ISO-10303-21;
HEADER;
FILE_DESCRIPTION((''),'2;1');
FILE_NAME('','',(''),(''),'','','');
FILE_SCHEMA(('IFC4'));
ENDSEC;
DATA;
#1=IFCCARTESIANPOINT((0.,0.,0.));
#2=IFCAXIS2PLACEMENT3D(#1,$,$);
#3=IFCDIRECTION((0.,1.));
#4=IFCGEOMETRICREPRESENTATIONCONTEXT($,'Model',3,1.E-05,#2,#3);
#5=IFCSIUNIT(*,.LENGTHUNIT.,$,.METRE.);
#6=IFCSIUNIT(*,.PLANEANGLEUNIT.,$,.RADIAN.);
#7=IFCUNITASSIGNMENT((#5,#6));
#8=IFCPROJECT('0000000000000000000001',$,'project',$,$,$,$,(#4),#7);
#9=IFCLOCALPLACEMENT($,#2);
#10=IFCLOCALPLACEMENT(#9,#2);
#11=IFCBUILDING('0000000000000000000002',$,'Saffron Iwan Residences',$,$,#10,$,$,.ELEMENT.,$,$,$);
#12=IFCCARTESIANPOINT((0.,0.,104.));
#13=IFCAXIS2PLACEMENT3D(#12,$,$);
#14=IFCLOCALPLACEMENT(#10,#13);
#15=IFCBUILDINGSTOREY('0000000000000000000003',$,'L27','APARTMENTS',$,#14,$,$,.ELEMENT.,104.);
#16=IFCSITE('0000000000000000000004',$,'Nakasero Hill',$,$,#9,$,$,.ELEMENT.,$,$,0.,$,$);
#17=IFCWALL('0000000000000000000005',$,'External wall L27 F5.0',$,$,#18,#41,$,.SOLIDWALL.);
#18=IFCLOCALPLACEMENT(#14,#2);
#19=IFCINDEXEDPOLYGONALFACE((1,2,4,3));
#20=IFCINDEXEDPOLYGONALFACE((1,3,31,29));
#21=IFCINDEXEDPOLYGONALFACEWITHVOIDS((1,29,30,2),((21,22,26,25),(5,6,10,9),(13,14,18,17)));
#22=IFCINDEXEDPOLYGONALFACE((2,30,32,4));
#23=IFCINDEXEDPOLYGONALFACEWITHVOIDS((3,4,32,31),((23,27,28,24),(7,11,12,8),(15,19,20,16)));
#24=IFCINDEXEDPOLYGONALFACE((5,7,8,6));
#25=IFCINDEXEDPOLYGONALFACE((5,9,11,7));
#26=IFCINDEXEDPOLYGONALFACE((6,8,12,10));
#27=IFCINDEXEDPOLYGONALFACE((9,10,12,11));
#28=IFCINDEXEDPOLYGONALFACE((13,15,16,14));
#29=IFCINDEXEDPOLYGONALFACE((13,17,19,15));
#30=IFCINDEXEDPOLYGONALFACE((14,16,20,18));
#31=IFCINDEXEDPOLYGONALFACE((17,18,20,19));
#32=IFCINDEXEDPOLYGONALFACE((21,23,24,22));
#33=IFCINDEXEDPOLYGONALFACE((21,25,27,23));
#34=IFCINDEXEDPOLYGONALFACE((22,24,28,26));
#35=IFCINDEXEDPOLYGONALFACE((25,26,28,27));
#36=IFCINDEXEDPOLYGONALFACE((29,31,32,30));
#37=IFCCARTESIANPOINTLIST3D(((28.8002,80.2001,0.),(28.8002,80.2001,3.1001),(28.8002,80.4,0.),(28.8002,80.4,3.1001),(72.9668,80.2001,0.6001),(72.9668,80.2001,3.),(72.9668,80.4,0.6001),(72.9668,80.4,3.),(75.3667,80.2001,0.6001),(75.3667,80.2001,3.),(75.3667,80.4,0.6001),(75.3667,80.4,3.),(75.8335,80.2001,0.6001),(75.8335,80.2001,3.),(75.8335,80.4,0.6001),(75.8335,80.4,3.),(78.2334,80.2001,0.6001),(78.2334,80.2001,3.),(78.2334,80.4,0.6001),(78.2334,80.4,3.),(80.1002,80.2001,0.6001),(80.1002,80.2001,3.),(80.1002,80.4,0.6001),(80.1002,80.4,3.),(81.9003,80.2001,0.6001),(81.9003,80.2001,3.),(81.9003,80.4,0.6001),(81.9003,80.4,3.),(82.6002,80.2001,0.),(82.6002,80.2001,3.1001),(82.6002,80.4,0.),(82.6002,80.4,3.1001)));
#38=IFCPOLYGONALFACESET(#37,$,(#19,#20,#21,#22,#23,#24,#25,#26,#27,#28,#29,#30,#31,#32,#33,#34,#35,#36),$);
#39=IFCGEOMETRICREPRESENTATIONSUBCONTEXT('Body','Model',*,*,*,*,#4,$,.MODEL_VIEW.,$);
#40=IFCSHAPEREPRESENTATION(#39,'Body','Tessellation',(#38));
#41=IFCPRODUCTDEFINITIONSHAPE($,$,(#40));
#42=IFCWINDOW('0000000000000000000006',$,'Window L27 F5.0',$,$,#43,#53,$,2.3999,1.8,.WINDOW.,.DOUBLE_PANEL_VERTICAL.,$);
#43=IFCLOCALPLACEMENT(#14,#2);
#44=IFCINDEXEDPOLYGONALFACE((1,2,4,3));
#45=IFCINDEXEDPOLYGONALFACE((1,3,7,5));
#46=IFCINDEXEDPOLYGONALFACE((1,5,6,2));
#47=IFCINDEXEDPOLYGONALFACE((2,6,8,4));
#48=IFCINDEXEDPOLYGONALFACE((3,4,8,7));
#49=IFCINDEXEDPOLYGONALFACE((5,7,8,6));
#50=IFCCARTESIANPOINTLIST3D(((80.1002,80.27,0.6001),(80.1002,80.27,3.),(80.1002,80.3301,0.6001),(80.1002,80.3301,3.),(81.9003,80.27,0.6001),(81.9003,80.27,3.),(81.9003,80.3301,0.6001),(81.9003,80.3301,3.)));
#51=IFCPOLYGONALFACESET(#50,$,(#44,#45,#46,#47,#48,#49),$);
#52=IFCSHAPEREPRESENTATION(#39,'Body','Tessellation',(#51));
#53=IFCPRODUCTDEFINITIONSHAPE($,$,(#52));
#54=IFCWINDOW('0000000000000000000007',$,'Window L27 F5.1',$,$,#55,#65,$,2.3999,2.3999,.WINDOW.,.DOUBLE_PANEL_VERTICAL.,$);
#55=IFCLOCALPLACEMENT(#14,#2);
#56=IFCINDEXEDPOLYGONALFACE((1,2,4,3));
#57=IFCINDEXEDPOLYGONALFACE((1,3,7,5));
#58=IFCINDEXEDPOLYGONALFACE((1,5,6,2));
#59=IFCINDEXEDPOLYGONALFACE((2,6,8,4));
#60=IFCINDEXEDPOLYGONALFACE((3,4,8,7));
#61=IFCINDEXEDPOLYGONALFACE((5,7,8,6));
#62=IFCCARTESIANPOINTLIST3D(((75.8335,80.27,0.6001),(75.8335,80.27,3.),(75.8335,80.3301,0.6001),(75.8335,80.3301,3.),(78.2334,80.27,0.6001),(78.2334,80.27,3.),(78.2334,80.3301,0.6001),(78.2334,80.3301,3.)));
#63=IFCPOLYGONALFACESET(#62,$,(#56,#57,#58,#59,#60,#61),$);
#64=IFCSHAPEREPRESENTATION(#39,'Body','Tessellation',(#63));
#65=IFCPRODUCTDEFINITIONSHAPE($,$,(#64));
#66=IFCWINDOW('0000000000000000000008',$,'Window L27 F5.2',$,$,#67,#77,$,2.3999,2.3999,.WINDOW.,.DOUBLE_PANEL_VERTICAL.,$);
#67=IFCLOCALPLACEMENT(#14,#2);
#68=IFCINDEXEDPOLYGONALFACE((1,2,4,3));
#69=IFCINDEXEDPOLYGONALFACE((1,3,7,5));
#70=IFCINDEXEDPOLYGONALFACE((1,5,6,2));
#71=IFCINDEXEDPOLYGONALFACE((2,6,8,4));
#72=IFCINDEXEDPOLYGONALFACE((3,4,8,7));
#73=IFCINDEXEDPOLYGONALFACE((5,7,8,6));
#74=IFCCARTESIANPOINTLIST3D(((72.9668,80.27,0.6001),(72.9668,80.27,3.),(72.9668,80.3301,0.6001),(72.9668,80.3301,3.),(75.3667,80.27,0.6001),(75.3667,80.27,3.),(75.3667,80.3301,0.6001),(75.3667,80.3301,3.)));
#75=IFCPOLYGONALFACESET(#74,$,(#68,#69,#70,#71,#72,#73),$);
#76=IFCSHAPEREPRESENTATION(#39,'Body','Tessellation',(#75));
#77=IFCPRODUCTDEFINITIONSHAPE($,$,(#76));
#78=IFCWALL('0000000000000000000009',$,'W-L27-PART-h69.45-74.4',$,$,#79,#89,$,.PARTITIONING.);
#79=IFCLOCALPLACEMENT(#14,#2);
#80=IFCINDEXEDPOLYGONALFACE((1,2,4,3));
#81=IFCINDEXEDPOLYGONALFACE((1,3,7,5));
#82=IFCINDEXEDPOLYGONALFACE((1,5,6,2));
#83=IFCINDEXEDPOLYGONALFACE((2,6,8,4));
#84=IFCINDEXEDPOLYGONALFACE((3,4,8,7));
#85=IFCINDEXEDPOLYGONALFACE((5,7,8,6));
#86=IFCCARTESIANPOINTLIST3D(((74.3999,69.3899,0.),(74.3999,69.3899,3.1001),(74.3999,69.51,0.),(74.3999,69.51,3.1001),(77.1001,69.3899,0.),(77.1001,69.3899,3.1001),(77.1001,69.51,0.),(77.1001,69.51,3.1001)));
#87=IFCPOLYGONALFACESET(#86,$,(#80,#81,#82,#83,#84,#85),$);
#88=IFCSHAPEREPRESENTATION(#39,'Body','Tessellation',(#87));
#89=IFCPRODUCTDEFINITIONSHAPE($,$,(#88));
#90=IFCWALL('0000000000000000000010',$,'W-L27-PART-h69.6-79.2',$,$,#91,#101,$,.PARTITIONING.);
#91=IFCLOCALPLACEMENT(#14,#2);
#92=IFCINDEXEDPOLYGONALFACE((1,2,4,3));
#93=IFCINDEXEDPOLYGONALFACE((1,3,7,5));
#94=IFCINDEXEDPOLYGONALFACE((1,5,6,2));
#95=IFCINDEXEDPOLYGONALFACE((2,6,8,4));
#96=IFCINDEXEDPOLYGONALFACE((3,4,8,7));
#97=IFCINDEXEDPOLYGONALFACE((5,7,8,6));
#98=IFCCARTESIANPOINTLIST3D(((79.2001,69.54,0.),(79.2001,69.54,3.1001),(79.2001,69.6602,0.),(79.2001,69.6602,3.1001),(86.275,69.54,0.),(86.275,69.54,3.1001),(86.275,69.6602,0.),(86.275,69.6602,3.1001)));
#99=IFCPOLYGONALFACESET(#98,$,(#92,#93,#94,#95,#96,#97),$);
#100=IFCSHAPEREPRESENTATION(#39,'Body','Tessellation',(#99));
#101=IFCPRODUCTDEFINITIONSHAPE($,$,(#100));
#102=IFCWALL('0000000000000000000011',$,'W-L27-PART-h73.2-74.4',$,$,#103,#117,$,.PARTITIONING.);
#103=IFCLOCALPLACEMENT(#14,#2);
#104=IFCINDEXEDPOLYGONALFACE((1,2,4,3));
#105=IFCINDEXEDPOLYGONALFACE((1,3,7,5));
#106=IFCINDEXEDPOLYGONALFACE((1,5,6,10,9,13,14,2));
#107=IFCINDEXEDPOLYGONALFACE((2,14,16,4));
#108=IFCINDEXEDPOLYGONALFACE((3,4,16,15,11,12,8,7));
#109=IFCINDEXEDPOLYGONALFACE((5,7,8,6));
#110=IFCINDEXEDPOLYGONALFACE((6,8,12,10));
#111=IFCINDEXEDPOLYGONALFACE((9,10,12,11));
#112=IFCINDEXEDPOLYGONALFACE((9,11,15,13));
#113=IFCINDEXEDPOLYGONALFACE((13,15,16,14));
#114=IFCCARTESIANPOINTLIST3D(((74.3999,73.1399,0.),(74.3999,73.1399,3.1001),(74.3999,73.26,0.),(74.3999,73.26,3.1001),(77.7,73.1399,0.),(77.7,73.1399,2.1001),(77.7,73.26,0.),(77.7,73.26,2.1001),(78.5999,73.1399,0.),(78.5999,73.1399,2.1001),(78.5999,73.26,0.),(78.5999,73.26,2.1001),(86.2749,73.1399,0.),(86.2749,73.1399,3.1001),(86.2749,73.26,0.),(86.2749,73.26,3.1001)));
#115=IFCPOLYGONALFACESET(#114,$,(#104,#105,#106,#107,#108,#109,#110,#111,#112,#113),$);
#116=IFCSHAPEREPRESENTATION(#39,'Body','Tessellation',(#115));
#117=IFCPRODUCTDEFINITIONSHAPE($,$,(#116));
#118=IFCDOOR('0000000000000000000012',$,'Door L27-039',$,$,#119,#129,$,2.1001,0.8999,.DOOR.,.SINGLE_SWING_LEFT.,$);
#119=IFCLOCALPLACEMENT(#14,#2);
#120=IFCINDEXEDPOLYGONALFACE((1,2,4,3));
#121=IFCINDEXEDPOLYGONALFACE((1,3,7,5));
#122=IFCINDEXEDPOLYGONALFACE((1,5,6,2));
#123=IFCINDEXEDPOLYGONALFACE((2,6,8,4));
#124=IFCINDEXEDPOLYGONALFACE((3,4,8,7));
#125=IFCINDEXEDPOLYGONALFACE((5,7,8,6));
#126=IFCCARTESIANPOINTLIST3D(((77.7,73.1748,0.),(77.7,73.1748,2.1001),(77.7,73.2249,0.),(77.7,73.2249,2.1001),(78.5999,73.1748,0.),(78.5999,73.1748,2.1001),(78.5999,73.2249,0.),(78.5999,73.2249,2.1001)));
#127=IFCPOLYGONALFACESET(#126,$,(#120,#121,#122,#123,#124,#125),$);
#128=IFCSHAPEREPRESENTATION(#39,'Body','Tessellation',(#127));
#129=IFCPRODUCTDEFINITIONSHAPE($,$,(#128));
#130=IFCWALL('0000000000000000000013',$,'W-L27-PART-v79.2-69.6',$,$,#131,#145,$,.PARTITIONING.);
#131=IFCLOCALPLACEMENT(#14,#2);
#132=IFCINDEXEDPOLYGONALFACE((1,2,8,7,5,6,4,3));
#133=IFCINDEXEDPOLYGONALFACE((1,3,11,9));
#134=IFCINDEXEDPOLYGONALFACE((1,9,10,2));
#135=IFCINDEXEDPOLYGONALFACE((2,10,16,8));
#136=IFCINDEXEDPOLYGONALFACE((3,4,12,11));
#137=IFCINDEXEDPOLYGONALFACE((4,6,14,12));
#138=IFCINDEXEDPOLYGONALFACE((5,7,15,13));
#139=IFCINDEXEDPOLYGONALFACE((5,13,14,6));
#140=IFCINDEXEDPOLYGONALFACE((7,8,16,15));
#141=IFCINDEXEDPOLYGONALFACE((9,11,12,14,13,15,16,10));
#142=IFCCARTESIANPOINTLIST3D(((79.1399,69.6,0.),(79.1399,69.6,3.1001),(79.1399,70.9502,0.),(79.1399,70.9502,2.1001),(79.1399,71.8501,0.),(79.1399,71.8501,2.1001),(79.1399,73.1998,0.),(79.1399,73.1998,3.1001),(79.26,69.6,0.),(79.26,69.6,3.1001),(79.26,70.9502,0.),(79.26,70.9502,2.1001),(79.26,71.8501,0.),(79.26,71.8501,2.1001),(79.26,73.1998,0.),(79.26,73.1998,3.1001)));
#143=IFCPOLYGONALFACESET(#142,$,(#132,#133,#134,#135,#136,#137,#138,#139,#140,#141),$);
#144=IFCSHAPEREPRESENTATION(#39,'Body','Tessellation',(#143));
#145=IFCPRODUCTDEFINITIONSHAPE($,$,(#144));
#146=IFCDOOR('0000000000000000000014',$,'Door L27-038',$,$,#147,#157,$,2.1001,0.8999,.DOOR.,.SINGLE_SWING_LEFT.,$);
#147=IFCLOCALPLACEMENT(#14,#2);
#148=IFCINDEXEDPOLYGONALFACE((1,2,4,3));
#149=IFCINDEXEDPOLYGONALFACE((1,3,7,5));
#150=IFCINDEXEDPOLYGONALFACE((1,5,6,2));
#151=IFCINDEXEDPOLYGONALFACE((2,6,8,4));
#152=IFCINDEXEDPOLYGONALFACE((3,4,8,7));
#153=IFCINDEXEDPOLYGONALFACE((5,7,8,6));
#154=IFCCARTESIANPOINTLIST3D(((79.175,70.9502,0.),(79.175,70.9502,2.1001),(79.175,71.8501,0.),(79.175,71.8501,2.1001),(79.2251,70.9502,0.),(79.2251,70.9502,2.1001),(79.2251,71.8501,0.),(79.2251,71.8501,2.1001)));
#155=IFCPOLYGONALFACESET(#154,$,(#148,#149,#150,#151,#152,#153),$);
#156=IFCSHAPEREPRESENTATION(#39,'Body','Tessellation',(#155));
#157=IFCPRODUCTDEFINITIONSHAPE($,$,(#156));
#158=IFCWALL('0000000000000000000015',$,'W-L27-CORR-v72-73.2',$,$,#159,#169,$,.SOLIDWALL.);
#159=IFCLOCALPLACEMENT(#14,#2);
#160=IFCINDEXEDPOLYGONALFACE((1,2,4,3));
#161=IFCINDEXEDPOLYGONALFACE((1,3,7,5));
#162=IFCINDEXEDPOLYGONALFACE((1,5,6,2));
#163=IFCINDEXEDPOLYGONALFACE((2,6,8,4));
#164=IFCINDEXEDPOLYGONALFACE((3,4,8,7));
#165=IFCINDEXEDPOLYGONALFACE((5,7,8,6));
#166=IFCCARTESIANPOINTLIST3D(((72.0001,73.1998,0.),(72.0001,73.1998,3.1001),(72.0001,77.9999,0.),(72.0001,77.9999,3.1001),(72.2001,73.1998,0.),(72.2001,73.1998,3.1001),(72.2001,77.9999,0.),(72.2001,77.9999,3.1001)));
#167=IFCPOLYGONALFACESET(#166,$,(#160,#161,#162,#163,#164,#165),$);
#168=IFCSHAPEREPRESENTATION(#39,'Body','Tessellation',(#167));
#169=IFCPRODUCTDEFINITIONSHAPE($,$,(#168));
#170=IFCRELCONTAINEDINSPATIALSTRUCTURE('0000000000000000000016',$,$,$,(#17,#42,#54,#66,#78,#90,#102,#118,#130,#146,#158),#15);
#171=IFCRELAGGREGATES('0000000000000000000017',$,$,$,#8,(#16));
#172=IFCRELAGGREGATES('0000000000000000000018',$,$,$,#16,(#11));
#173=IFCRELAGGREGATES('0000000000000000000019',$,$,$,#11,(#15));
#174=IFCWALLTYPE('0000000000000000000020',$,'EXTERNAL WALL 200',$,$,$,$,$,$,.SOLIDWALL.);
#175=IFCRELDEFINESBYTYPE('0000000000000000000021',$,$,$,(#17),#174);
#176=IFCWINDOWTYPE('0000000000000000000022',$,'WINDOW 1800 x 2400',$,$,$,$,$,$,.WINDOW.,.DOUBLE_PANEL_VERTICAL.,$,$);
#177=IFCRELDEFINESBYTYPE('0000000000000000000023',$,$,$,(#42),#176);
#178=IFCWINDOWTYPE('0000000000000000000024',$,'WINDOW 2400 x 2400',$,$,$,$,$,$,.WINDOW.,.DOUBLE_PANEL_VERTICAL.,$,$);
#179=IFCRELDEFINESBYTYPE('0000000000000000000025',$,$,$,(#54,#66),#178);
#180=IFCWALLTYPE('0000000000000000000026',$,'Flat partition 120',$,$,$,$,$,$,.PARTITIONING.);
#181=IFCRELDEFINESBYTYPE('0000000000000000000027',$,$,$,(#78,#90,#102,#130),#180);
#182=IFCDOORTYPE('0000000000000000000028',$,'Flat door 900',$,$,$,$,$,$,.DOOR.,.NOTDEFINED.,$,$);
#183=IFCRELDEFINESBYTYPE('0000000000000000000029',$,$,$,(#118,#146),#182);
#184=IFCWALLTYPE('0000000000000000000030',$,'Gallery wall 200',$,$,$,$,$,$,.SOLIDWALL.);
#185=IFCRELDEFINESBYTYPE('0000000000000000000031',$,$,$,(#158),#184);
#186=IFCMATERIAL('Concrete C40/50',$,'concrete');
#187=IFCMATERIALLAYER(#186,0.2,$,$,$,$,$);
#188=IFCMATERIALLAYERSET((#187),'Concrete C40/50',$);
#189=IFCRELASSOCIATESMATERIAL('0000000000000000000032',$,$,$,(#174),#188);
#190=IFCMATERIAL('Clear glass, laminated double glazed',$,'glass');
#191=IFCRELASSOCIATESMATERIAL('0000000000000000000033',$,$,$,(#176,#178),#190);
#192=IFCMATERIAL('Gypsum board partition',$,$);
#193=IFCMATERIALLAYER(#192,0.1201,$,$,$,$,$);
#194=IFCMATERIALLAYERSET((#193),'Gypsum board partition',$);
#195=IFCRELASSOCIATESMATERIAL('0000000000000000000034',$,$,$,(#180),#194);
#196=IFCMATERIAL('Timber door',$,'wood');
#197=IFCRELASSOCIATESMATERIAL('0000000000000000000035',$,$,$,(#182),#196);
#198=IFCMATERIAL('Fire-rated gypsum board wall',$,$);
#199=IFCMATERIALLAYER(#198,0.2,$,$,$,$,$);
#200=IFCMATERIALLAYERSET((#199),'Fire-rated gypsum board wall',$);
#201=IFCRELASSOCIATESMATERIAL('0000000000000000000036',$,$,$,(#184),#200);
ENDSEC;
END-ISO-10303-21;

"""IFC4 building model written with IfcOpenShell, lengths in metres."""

from ifc_helpers import new_model, si_unit, direction, frame, frame_2d, origin, place, context, subcontext, project, spatial, rectangle, extrude, material, layer, layer_set, type_object, element, fill, save


model = new_model("IFC4")

# Units and contexts
model_context = context("Model", 3, precision=1e-05, world=origin(), true_north=direction((0.0, 1.0)))
body_context = subcontext(model_context, "Body", "Model", "MODEL_VIEW")
ifc_project = project(units=[si_unit("LENGTHUNIT", "METRE"), si_unit("PLANEANGLEUNIT", "RADIAN")], contexts=[model_context])

# Site, building, storey
site_placement = place(None, origin())
site = spatial("IfcSite", under=ifc_project, at=site_placement, Name="Nakasero Hill", CompositionType="ELEMENT", RefElevation=0.0)
building_placement = place(site_placement, origin())
building = spatial("IfcBuilding", under=site, at=building_placement, Name="Saffron Iwan Residences", CompositionType="ELEMENT")
storey_placement = place(building_placement, frame((0.0, 0.0, 104.0)))
storey = spatial("IfcBuildingStorey", under=building, at=storey_placement, Name="L27", Description="APARTMENTS", CompositionType="ELEMENT", Elevation=104.0)

# Shared definitions
ifc_material_1 = material(Name="Concrete C40/50", Category="concrete")
ifc_layer_1 = layer(ifc_material_1, 0.2)
ifc_layer_set_1 = layer_set([ifc_layer_1], Name="Concrete C40/50")
wall_type_1 = type_object("IfcWallType", Name="EXTERNAL WALL 200", PredefinedType="SOLIDWALL", material=ifc_layer_set_1)
ifc_material_2 = material(Name="Clear glass, laminated double glazed", Category="glass")
window_type_1 = type_object("IfcWindowType", Name="WINDOW 1800 x 2400", PartitioningType="DOUBLE_PANEL_VERTICAL", PredefinedType="WINDOW", material=ifc_material_2)
window_type_2 = type_object("IfcWindowType", Name="WINDOW 2400 x 2400", PartitioningType="DOUBLE_PANEL_VERTICAL", PredefinedType="WINDOW", material=ifc_material_2)

# Wall, openings, windows
wall_1_placement = place(storey_placement, frame((82.6001, 80.3, 0.0), z_axis=(0.0, 0.0, 1.0), x_axis=(-1.0, 0.0, 0.0)))
wall_1 = element("IfcWall", 1, at=wall_1_placement, inside=storey, type_object=wall_type_1, Name="External wall L27 F5.0", PredefinedType="SOLIDWALL", context=body_context, shape_type="SweptSolid", body=[
    extrude(rectangle(XDim=53.8, YDim=0.2, at=frame_2d((26.8999, 0.0))), origin(), (0.0, 0.0, 1.0), 3.1001),
])
opening_1_placement = place(wall_1_placement, frame((0.7, 0.0, 0.6001)))
opening_1 = element("IfcOpeningElement", 2, at=opening_1_placement, cuts=wall_1, PredefinedType="OPENING", context=body_context, shape_type="SweptSolid", body=[
    extrude(rectangle(XDim=1.8, YDim=2.3999, at=frame_2d((0.8999, 1.2))), frame((0.0, 0.1099, 0.0), z_axis=(0.0, -1.0, 0.0), x_axis=(1.0, 0.0, 0.0)), (0.0, 0.0, 1.0), 0.22),
])
opening_2_placement = place(wall_1_placement, frame((4.3667, 0.0, 0.6001)))
opening_2 = element("IfcOpeningElement", 3, at=opening_2_placement, cuts=wall_1, PredefinedType="OPENING", context=body_context, shape_type="SweptSolid", body=[
    extrude(rectangle(XDim=2.3999, YDim=2.3999, at=frame_2d((1.2, 1.2))), frame((0.0, 0.1099, 0.0), z_axis=(0.0, -1.0, 0.0), x_axis=(1.0, 0.0, 0.0)), (0.0, 0.0, 1.0), 0.22),
])
opening_3_placement = place(wall_1_placement, frame((7.2334, 0.0, 0.6001)))
opening_3 = element("IfcOpeningElement", 4, at=opening_3_placement, cuts=wall_1, PredefinedType="OPENING", context=body_context, shape_type="SweptSolid", body=[
    extrude(rectangle(XDim=2.3999, YDim=2.3999, at=frame_2d((1.2, 1.2))), frame((0.0, 0.1099, 0.0), z_axis=(0.0, -1.0, 0.0), x_axis=(1.0, 0.0, 0.0)), (0.0, 0.0, 1.0), 0.22),
])
window_1_placement = place(opening_1_placement, origin())
window_1 = element("IfcWindow", 5, at=window_1_placement, inside=storey, type_object=window_type_1, Name="Window L27 F5.0", OverallHeight=2.3999, OverallWidth=1.8, PartitioningType="DOUBLE_PANEL_VERTICAL", PredefinedType="WINDOW", context=body_context, shape_type="SweptSolid", body=[
    extrude(rectangle(XDim=1.8, YDim=2.3999, at=frame_2d((0.8999, 1.2))), frame((0.0, 0.03, 0.0), z_axis=(0.0, -1.0, 0.0), x_axis=(1.0, 0.0, 0.0)), (0.0, 0.0, 1.0), 0.0601),
])
fill(opening_1, window_1)
window_2_placement = place(opening_2_placement, origin())
window_2 = element("IfcWindow", 6, at=window_2_placement, inside=storey, type_object=window_type_2, Name="Window L27 F5.1", OverallHeight=2.3999, OverallWidth=2.3999, PartitioningType="DOUBLE_PANEL_VERTICAL", PredefinedType="WINDOW", context=body_context, shape_type="SweptSolid", body=[
    extrude(rectangle(XDim=2.3999, YDim=2.3999, at=frame_2d((1.2, 1.2))), frame((0.0, 0.03, 0.0), z_axis=(0.0, -1.0, 0.0), x_axis=(1.0, 0.0, 0.0)), (0.0, 0.0, 1.0), 0.0601),
])
fill(opening_2, window_2)
window_3_placement = place(opening_3_placement, origin())
window_3 = element("IfcWindow", 7, at=window_3_placement, inside=storey, type_object=window_type_2, Name="Window L27 F5.2", OverallHeight=2.3999, OverallWidth=2.3999, PartitioningType="DOUBLE_PANEL_VERTICAL", PredefinedType="WINDOW", context=body_context, shape_type="SweptSolid", body=[
    extrude(rectangle(XDim=2.3999, YDim=2.3999, at=frame_2d((1.2, 1.2))), frame((0.0, 0.03, 0.0), z_axis=(0.0, -1.0, 0.0), x_axis=(1.0, 0.0, 0.0)), (0.0, 0.0, 1.0), 0.0601),
])
fill(opening_3, window_3)

# Walls
ifc_material_3 = material(Name="Gypsum board partition")
ifc_layer_2 = layer(ifc_material_3, 0.1201)
ifc_layer_set_2 = layer_set([ifc_layer_2], Name="Gypsum board partition")
wall_type_2 = type_object("IfcWallType", Name="Flat partition 120", PredefinedType="PARTITIONING", material=ifc_layer_set_2)
wall_2_placement = place(storey_placement, frame((74.3999, 69.45, 0.0), z_axis=(0.0, 0.0, 1.0), x_axis=(1.0, 0.0, 0.0)))
element("IfcWall", 8, at=wall_2_placement, inside=storey, type_object=wall_type_2, Name="W-L27-PART-h69.45-74.4", PredefinedType="PARTITIONING", context=body_context, shape_type="SweptSolid", body=[
    extrude(rectangle(XDim=2.7002, YDim=0.1201, at=frame_2d((1.3501, 0.0))), origin(), (0.0, 0.0, 1.0), 3.1001),
])
wall_3_placement = place(storey_placement, frame((79.2, 69.6001, 0.0), z_axis=(0.0, 0.0, 1.0), x_axis=(1.0, 0.0, 0.0)))
element("IfcWall", 9, at=wall_3_placement, inside=storey, type_object=wall_type_2, Name="W-L27-PART-h69.6-79.2", PredefinedType="PARTITIONING", context=body_context, shape_type="SweptSolid", body=[
    extrude(rectangle(XDim=7.075, YDim=0.1201, at=frame_2d((3.5376, 0.0))), origin(), (0.0, 0.0, 1.0), 3.1001),
])

# Walls, openings, doors
wall_4_placement = place(storey_placement, frame((74.3999, 73.2, 0.0), z_axis=(0.0, 0.0, 1.0), x_axis=(1.0, 0.0, 0.0)))
wall_4 = element("IfcWall", 10, at=wall_4_placement, inside=storey, type_object=wall_type_2, Name="W-L27-PART-h73.2-74.4", PredefinedType="PARTITIONING", context=body_context, shape_type="SweptSolid", body=[
    extrude(rectangle(XDim=11.875, YDim=0.1201, at=frame_2d((5.9375, 0.0))), origin(), (0.0, 0.0, 1.0), 3.1001),
])
opening_4_placement = place(wall_4_placement, frame((3.3, 0.0, 0.0)))
opening_4 = element("IfcOpeningElement", 11, at=opening_4_placement, cuts=wall_4, PredefinedType="OPENING", context=body_context, shape_type="SweptSolid", body=[
    extrude(rectangle(XDim=0.8999, YDim=2.1001, at=frame_2d((0.45, 1.05))), frame((0.0, 0.0701, 0.0), z_axis=(0.0, -1.0, 0.0), x_axis=(1.0, 0.0, 0.0)), (0.0, 0.0, 1.0), 0.1401),
])
ifc_material_4 = material(Name="Timber door", Category="wood")
door_type = type_object("IfcDoorType", Name="Flat door 900", OperationType="NOTDEFINED", PredefinedType="DOOR", material=ifc_material_4)
door_1_placement = place(opening_4_placement, origin())
door_1 = element("IfcDoor", 12, at=door_1_placement, inside=storey, type_object=door_type, Name="Door L27-039", OperationType="SINGLE_SWING_LEFT", OverallHeight=2.1001, OverallWidth=0.8999, PredefinedType="DOOR", context=body_context, shape_type="SweptSolid", body=[
    extrude(rectangle(XDim=0.8999, YDim=2.1001, at=frame_2d((0.45, 1.05))), frame((0.0, 0.0249, 0.0), z_axis=(0.0, -1.0, 0.0), x_axis=(1.0, 0.0, 0.0)), (0.0, 0.0, 1.0), 0.05),
])
fill(opening_4, door_1)
wall_5_placement = place(storey_placement, frame((79.2, 69.6001, 0.0), z_axis=(0.0, 0.0, 1.0), x_axis=(0.0, 1.0, 0.0)))
wall_5 = element("IfcWall", 13, at=wall_5_placement, inside=storey, type_object=wall_type_2, Name="W-L27-PART-v79.2-69.6", PredefinedType="PARTITIONING", context=body_context, shape_type="SweptSolid", body=[
    extrude(rectangle(XDim=3.5999, YDim=0.1201, at=frame_2d((1.7998, 0.0))), origin(), (0.0, 0.0, 1.0), 3.1001),
])
opening_5_placement = place(wall_5_placement, frame((1.3501, 0.0, 0.0)))
opening_5 = element("IfcOpeningElement", 14, at=opening_5_placement, cuts=wall_5, PredefinedType="OPENING", context=body_context, shape_type="SweptSolid", body=[
    extrude(rectangle(XDim=0.8999, YDim=2.1001, at=frame_2d((0.45, 1.05))), frame((0.0, 0.0701, 0.0), z_axis=(0.0, -1.0, 0.0), x_axis=(1.0, 0.0, 0.0)), (0.0, 0.0, 1.0), 0.1401),
])
door_2_placement = place(opening_5_placement, origin())
door_2 = element("IfcDoor", 15, at=door_2_placement, inside=storey, type_object=door_type, Name="Door L27-038", OperationType="SINGLE_SWING_LEFT", OverallHeight=2.1001, OverallWidth=0.8999, PredefinedType="DOOR", context=body_context, shape_type="SweptSolid", body=[
    extrude(rectangle(XDim=0.8999, YDim=2.1001, at=frame_2d((0.45, 1.05))), frame((0.0, 0.0249, 0.0), z_axis=(0.0, -1.0, 0.0), x_axis=(1.0, 0.0, 0.0)), (0.0, 0.0, 1.0), 0.05),
])
fill(opening_5, door_2)

# Wall
ifc_material_5 = material(Name="Fire-rated gypsum board wall")
ifc_layer_3 = layer(ifc_material_5, 0.2)
ifc_layer_set_3 = layer_set([ifc_layer_3], Name="Fire-rated gypsum board wall")
wall_type_3 = type_object("IfcWallType", Name="Gallery wall 200", PredefinedType="SOLIDWALL", material=ifc_layer_set_3)
wall_6_placement = place(storey_placement, frame((72.1001, 73.2, 0.0), z_axis=(0.0, 0.0, 1.0), x_axis=(0.0, 1.0, 0.0)))
element("IfcWall", 16, at=wall_6_placement, inside=storey, type_object=wall_type_3, Name="W-L27-CORR-v72-73.2", PredefinedType="SOLIDWALL", context=body_context, shape_type="SweptSolid", body=[
    extrude(rectangle(XDim=4.8, YDim=0.2, at=frame_2d((2.3999, 0.0))), origin(), (0.0, 0.0, 1.0), 3.1001),
])

save(model, "model.ifc")
